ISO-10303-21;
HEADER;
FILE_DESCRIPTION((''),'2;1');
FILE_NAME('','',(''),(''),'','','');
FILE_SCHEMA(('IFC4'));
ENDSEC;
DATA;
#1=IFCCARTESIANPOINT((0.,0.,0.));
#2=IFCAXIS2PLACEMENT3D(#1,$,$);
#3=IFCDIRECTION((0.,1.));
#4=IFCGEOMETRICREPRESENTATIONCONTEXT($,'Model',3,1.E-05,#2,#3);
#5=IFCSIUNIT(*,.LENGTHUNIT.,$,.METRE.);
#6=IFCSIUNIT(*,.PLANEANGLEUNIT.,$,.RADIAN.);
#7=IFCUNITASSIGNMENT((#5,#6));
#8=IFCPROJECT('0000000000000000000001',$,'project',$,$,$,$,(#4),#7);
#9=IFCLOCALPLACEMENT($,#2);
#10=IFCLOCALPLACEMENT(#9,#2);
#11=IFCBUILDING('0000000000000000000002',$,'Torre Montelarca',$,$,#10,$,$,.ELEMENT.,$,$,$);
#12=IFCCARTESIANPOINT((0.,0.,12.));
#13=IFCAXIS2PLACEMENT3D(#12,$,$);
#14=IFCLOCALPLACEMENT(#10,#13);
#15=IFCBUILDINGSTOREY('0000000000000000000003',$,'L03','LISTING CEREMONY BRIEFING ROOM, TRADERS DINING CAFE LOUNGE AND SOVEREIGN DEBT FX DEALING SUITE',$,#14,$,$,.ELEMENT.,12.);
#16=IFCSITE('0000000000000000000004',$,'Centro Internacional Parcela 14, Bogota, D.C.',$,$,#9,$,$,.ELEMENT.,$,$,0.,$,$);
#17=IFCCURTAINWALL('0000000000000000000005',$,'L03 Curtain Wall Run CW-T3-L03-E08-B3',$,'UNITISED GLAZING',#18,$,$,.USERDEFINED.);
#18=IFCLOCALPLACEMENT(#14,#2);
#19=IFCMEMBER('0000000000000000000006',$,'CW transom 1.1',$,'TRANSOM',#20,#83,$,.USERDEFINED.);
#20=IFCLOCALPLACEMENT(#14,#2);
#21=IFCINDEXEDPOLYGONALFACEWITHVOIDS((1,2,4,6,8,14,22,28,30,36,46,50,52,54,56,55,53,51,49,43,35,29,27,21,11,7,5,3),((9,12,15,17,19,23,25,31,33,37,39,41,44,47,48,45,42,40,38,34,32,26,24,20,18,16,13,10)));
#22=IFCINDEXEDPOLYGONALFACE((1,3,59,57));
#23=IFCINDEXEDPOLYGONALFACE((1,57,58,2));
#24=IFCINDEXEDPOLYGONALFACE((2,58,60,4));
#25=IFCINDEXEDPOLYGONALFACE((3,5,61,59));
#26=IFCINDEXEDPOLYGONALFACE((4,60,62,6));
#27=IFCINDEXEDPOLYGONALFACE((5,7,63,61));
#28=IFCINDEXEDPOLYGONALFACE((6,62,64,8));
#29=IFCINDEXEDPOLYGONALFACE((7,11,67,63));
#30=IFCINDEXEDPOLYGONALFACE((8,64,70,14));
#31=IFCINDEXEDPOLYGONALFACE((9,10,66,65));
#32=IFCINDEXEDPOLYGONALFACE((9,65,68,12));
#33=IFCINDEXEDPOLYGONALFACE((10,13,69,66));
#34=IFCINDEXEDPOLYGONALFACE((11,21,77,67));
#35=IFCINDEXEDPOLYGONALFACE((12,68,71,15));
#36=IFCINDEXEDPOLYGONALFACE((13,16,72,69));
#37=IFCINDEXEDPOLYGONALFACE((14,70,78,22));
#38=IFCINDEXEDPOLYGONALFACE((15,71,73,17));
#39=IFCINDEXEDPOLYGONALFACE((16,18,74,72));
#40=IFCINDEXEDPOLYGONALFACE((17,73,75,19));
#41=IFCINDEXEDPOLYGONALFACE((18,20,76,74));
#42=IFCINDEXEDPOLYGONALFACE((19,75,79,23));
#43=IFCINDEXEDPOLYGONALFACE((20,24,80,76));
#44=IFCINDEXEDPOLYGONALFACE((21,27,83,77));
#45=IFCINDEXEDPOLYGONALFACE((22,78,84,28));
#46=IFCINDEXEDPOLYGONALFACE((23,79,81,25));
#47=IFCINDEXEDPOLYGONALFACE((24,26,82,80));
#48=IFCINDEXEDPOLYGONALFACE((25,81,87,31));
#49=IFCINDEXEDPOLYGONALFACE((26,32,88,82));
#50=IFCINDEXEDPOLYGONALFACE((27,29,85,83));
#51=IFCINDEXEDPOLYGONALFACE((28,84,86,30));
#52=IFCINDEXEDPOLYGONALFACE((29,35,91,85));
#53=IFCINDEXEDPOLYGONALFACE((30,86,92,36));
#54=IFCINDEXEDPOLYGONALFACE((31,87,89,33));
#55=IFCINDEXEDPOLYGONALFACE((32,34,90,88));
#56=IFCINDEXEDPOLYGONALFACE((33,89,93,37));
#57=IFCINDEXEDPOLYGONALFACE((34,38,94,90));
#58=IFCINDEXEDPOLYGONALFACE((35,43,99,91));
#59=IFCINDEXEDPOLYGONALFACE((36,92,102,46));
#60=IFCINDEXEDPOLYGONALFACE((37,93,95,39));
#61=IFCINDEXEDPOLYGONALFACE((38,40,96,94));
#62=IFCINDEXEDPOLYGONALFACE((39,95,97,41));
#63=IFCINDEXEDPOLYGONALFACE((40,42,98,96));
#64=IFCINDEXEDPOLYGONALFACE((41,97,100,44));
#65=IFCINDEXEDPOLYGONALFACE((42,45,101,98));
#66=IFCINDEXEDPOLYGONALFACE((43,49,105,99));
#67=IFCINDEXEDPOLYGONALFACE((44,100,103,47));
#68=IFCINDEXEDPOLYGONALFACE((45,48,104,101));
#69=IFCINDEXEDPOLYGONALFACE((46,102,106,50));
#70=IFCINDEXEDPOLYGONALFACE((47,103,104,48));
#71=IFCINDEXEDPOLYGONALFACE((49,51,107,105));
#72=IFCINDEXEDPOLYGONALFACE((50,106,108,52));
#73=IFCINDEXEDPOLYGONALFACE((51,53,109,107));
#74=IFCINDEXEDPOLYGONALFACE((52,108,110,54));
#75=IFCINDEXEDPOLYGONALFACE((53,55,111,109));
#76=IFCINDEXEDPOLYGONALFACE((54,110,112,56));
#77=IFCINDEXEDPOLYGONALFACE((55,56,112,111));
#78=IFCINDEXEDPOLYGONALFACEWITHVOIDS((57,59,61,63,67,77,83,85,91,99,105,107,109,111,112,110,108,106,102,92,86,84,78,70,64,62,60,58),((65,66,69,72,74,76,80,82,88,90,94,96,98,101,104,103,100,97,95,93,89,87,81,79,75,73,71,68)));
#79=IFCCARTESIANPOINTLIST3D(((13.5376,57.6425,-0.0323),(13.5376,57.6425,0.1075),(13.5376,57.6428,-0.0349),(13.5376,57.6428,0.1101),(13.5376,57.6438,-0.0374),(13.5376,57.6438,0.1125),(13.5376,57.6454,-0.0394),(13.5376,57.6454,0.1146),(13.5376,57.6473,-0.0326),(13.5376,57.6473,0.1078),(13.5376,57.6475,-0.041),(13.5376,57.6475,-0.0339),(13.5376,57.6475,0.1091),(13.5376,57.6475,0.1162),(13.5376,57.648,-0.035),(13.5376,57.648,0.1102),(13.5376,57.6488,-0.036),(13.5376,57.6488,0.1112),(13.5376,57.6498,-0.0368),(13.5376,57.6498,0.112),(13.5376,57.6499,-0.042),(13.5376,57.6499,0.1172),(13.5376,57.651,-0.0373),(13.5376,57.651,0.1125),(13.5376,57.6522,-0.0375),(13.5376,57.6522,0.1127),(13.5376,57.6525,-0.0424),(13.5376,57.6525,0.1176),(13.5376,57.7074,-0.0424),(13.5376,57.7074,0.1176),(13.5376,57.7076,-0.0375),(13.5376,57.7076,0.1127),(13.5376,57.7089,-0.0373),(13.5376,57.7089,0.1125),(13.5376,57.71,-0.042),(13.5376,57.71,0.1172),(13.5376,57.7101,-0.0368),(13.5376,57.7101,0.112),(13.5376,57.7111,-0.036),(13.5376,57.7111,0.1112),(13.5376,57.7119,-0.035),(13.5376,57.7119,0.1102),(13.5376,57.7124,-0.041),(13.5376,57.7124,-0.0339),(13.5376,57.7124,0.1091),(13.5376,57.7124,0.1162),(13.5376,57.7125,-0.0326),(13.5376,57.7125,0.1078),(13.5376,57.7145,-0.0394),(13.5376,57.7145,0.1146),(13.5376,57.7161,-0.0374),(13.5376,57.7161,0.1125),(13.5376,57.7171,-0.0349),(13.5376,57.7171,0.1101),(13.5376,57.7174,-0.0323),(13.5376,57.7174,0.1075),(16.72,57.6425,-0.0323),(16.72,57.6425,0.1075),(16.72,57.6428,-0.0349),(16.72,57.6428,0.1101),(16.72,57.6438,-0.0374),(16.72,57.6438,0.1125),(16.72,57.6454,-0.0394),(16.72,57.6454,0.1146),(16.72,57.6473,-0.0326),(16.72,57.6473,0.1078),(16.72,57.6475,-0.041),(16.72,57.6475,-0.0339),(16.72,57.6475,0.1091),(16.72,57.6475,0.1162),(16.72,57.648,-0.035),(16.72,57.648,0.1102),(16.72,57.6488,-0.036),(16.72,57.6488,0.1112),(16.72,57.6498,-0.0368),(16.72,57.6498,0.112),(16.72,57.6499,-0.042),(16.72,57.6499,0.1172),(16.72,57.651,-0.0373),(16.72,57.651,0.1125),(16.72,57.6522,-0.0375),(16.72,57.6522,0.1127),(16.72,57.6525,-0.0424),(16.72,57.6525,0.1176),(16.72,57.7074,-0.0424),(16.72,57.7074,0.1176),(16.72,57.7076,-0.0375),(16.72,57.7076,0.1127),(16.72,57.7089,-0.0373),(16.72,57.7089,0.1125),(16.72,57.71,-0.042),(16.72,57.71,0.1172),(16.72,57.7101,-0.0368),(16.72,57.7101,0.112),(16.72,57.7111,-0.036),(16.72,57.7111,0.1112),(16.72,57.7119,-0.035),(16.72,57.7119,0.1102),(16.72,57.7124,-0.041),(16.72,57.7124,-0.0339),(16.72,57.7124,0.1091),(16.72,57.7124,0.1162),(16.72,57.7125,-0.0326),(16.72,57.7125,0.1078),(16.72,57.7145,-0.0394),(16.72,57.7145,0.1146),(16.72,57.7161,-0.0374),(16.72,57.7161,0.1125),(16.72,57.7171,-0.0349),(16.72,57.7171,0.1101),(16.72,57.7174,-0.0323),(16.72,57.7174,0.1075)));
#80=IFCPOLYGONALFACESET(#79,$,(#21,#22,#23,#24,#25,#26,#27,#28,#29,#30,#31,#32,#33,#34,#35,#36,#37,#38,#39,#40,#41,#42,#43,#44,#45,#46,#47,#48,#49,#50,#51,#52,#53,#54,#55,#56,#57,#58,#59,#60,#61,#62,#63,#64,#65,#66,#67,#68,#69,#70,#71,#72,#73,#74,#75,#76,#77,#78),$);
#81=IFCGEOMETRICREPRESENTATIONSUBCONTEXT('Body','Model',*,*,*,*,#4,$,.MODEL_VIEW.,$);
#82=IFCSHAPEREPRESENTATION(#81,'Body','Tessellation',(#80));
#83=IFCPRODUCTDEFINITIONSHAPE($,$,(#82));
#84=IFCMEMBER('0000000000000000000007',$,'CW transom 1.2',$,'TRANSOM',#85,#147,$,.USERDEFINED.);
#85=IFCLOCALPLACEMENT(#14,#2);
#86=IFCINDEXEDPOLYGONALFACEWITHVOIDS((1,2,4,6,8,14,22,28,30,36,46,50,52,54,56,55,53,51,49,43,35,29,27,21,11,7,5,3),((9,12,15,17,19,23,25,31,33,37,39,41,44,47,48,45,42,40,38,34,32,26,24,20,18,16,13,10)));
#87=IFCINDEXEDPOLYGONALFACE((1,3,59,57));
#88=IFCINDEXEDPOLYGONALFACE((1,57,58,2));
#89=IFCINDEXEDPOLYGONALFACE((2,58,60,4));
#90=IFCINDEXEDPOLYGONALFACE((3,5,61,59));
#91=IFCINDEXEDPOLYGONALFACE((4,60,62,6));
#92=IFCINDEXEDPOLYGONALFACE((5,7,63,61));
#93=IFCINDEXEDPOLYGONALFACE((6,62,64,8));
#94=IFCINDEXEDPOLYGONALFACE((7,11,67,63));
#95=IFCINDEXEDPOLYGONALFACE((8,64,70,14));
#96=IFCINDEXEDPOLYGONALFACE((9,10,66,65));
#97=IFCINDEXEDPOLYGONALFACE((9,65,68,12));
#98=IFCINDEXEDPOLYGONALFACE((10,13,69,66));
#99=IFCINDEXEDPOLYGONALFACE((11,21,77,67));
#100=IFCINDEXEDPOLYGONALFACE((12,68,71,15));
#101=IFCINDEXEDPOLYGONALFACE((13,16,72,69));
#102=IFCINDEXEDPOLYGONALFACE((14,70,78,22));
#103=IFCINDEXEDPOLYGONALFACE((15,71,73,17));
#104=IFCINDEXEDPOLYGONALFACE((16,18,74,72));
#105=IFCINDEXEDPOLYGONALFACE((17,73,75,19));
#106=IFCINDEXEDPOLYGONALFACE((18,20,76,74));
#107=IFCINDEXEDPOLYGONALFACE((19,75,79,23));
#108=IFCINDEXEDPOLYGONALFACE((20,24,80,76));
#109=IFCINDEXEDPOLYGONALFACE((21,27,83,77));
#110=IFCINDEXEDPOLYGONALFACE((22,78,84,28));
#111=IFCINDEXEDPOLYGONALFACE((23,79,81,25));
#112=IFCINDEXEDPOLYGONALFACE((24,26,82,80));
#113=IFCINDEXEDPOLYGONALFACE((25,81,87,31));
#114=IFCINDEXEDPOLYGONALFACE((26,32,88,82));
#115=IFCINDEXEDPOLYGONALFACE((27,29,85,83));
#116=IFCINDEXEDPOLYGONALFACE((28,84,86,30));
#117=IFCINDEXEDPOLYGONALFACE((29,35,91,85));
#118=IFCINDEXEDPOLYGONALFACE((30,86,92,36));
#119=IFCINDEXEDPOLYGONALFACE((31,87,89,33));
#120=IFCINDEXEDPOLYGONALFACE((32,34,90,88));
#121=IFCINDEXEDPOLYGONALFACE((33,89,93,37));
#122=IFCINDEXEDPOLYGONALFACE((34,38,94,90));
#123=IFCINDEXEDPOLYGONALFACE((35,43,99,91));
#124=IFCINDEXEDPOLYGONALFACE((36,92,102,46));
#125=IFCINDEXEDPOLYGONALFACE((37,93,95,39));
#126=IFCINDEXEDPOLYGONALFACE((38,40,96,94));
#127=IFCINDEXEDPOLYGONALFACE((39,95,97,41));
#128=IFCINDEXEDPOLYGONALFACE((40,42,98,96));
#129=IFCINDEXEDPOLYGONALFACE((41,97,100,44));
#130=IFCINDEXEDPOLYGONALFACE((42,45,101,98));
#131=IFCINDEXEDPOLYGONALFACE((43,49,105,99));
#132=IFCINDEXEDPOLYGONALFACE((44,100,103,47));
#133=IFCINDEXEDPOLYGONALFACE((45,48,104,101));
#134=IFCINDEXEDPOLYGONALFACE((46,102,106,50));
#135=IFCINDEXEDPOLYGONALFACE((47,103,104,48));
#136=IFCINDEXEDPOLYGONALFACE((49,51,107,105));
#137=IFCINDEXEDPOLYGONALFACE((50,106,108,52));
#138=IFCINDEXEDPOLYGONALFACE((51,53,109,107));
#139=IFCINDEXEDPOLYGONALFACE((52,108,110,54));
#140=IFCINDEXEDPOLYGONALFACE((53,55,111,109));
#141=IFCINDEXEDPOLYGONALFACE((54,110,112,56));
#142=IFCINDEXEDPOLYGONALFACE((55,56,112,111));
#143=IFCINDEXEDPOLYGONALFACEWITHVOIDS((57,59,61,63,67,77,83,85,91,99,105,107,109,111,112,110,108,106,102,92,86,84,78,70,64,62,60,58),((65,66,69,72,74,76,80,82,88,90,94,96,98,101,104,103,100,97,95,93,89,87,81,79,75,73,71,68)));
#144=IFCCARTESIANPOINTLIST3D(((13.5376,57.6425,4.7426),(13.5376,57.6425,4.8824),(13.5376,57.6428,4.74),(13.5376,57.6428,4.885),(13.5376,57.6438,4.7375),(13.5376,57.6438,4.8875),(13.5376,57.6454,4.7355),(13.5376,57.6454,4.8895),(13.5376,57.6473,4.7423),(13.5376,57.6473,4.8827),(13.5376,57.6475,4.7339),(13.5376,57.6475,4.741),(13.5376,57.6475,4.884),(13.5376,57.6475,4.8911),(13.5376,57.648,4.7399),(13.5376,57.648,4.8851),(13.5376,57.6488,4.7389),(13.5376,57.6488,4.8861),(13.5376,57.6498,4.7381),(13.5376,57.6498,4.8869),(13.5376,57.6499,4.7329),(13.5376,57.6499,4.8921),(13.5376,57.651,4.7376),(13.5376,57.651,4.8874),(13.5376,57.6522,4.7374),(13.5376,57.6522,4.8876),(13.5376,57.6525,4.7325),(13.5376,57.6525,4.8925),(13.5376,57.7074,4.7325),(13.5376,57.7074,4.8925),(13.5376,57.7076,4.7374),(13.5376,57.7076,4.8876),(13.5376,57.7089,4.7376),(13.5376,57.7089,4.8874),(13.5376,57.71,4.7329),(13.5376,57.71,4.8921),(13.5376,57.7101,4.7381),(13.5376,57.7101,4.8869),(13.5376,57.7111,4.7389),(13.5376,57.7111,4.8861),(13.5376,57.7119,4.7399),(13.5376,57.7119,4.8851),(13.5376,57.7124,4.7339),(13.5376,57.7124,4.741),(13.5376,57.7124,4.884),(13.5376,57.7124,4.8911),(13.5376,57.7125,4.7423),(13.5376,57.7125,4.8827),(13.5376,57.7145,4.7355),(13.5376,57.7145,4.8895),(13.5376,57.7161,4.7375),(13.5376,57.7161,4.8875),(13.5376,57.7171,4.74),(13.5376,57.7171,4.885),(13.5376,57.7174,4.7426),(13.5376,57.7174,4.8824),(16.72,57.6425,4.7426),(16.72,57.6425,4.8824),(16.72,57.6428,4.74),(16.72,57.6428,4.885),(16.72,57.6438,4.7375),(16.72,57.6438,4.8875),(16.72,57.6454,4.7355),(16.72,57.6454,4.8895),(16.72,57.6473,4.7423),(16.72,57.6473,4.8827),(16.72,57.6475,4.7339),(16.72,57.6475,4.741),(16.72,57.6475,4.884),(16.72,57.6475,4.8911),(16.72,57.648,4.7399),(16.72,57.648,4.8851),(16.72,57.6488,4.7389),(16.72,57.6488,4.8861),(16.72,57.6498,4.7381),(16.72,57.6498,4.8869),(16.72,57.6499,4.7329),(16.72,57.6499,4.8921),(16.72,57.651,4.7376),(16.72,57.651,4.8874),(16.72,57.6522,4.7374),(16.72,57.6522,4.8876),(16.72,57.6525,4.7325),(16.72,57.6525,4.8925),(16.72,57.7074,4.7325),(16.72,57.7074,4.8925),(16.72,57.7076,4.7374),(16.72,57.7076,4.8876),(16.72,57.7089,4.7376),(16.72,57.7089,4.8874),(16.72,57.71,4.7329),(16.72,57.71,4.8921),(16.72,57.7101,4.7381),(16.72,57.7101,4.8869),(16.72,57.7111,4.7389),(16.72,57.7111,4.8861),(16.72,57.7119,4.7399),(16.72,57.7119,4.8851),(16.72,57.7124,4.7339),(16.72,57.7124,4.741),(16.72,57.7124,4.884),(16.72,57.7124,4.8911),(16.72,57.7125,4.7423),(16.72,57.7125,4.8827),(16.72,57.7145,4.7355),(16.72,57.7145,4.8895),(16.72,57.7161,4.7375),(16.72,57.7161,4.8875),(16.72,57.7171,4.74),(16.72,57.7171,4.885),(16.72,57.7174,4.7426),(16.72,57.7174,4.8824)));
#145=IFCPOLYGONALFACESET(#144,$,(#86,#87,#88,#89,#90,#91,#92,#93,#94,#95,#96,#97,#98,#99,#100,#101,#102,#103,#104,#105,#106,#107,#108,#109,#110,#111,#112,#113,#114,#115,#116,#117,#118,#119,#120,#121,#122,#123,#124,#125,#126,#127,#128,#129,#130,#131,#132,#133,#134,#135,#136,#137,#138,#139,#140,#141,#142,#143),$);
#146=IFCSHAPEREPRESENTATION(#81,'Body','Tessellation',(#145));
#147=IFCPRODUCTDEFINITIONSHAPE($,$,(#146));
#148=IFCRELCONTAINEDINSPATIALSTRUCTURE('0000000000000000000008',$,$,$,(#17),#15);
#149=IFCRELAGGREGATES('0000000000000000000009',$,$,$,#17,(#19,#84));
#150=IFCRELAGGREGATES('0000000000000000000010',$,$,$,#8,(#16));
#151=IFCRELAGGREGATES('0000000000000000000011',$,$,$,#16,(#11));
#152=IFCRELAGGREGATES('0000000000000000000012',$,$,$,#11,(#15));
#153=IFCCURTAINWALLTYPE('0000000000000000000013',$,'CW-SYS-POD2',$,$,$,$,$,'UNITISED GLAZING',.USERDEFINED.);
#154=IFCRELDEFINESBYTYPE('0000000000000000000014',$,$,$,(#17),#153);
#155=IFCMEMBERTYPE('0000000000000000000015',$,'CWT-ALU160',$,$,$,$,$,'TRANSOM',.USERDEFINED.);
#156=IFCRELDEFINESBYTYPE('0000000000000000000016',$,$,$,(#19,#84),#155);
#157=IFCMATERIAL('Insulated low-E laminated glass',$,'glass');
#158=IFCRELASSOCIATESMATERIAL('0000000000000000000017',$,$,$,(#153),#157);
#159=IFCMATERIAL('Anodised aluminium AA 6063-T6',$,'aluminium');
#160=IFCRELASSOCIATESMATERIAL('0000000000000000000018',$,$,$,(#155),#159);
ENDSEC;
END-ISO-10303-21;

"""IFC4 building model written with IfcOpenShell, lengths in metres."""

from ifc_helpers import new_model, si_unit, direction, frame, origin, origin_2d, place, context, subcontext, project, spatial, hollow_rectangle, extrude, source, transform, mapped, material, material_profile, profile_set, type_object, element, aggregate, save


model = new_model("IFC4")

# Units and contexts
model_context = context("Model", 3, precision=1e-05, world=origin(), true_north=direction((0.0, 1.0)))
body_context = subcontext(model_context, "Body", "Model", "MODEL_VIEW")
ifc_project = project(units=[si_unit("LENGTHUNIT", "METRE"), si_unit("PLANEANGLEUNIT", "RADIAN")], contexts=[model_context])

# Site, building, storey
site_placement = place(None, origin())
site = spatial("IfcSite", under=ifc_project, at=site_placement, Name="Centro Internacional Parcela 14, Bogota, D.C.", CompositionType="ELEMENT", RefElevation=0.0)
building_placement = place(site_placement, origin())
building = spatial("IfcBuilding", under=site, at=building_placement, Name="Torre Montelarca", CompositionType="ELEMENT")
storey_placement = place(building_placement, frame((0.0, 0.0, 12.0)))
storey = spatial("IfcBuildingStorey", under=building, at=storey_placement, Name="L03", Description="LISTING CEREMONY BRIEFING ROOM, TRADERS DINING CAFE LOUNGE AND SOVEREIGN DEBT FX DEALING SUITE", CompositionType="ELEMENT", Elevation=12.0)

# Curtain wall, members
ifc_material_1 = material(Name="Insulated low-E laminated glass", Category="glass")
curtain_wall_type = type_object("IfcCurtainWallType", Name="CW-SYS-POD2", ElementType="UNITISED GLAZING", PredefinedType="USERDEFINED", material=ifc_material_1)
curtain_wall_1_placement = place(storey_placement, origin())
curtain_wall_1 = element("IfcCurtainWall", 1, at=curtain_wall_1_placement, inside=storey, type_object=curtain_wall_type, Name="L03 Curtain Wall Run CW-T3-L03-E08-B3", ObjectType="UNITISED GLAZING", PredefinedType="USERDEFINED")
ifc_material_2 = material(Name="Anodised aluminium AA 6063-T6", Category="aluminium")
ifc_material_profile_1 = material_profile(ifc_material_2, hollow_rectangle(XDim=0.075, YDim=0.1599, WallThickness=0.0049, InnerFilletRadius=0.0049, OuterFilletRadius=0.01, at=origin_2d()), Name="ALU75X160X5", Category="aluminium")
ifc_profile_set_1 = profile_set([ifc_material_profile_1], Name="Anodised aluminium AA 6063-T6")
member_type_1 = type_object("IfcMemberType", Name="CWT-ALU160", ElementType="TRANSOM", PredefinedType="USERDEFINED", material=ifc_profile_set_1)
shared_shape_1 = source(origin(), body_context, "Body", "SweptSolid", [
    extrude(hollow_rectangle(XDim=0.075, YDim=0.1599, WallThickness=0.0049, InnerFilletRadius=0.0049, OuterFilletRadius=0.01, at=origin_2d()), origin(), (0.0, 0.0, 1.0), 3.1824),
])
member_1_placement = place(storey_placement, frame((16.72, 57.6799, 0.0376), z_axis=(-1.0, 0.0, 0.0), x_axis=(0.0, -1.0, 0.0)))
member_1 = element("IfcMember", 2, at=member_1_placement, type_object=member_type_1, Name="CW transom 1.1", ObjectType="TRANSOM", PredefinedType="USERDEFINED", context=body_context, shape_type="MappedRepresentation", body=[
    mapped(shared_shape_1, transform((0.0, 0.0, 0.0), scale=1.0)),
])
member_2_placement = place(storey_placement, frame((16.72, 57.6799, 4.8125), z_axis=(-1.0, 0.0, 0.0), x_axis=(0.0, -1.0, 0.0)))
member_2 = element("IfcMember", 3, at=member_2_placement, type_object=member_type_1, Name="CW transom 1.2", ObjectType="TRANSOM", PredefinedType="USERDEFINED", context=body_context, shape_type="MappedRepresentation", body=[
    mapped(shared_shape_1, transform((0.0, 0.0, 0.0), scale=1.0)),
])

aggregate(curtain_wall_1, [member_1, member_2])

save(model, "model.ifc")
